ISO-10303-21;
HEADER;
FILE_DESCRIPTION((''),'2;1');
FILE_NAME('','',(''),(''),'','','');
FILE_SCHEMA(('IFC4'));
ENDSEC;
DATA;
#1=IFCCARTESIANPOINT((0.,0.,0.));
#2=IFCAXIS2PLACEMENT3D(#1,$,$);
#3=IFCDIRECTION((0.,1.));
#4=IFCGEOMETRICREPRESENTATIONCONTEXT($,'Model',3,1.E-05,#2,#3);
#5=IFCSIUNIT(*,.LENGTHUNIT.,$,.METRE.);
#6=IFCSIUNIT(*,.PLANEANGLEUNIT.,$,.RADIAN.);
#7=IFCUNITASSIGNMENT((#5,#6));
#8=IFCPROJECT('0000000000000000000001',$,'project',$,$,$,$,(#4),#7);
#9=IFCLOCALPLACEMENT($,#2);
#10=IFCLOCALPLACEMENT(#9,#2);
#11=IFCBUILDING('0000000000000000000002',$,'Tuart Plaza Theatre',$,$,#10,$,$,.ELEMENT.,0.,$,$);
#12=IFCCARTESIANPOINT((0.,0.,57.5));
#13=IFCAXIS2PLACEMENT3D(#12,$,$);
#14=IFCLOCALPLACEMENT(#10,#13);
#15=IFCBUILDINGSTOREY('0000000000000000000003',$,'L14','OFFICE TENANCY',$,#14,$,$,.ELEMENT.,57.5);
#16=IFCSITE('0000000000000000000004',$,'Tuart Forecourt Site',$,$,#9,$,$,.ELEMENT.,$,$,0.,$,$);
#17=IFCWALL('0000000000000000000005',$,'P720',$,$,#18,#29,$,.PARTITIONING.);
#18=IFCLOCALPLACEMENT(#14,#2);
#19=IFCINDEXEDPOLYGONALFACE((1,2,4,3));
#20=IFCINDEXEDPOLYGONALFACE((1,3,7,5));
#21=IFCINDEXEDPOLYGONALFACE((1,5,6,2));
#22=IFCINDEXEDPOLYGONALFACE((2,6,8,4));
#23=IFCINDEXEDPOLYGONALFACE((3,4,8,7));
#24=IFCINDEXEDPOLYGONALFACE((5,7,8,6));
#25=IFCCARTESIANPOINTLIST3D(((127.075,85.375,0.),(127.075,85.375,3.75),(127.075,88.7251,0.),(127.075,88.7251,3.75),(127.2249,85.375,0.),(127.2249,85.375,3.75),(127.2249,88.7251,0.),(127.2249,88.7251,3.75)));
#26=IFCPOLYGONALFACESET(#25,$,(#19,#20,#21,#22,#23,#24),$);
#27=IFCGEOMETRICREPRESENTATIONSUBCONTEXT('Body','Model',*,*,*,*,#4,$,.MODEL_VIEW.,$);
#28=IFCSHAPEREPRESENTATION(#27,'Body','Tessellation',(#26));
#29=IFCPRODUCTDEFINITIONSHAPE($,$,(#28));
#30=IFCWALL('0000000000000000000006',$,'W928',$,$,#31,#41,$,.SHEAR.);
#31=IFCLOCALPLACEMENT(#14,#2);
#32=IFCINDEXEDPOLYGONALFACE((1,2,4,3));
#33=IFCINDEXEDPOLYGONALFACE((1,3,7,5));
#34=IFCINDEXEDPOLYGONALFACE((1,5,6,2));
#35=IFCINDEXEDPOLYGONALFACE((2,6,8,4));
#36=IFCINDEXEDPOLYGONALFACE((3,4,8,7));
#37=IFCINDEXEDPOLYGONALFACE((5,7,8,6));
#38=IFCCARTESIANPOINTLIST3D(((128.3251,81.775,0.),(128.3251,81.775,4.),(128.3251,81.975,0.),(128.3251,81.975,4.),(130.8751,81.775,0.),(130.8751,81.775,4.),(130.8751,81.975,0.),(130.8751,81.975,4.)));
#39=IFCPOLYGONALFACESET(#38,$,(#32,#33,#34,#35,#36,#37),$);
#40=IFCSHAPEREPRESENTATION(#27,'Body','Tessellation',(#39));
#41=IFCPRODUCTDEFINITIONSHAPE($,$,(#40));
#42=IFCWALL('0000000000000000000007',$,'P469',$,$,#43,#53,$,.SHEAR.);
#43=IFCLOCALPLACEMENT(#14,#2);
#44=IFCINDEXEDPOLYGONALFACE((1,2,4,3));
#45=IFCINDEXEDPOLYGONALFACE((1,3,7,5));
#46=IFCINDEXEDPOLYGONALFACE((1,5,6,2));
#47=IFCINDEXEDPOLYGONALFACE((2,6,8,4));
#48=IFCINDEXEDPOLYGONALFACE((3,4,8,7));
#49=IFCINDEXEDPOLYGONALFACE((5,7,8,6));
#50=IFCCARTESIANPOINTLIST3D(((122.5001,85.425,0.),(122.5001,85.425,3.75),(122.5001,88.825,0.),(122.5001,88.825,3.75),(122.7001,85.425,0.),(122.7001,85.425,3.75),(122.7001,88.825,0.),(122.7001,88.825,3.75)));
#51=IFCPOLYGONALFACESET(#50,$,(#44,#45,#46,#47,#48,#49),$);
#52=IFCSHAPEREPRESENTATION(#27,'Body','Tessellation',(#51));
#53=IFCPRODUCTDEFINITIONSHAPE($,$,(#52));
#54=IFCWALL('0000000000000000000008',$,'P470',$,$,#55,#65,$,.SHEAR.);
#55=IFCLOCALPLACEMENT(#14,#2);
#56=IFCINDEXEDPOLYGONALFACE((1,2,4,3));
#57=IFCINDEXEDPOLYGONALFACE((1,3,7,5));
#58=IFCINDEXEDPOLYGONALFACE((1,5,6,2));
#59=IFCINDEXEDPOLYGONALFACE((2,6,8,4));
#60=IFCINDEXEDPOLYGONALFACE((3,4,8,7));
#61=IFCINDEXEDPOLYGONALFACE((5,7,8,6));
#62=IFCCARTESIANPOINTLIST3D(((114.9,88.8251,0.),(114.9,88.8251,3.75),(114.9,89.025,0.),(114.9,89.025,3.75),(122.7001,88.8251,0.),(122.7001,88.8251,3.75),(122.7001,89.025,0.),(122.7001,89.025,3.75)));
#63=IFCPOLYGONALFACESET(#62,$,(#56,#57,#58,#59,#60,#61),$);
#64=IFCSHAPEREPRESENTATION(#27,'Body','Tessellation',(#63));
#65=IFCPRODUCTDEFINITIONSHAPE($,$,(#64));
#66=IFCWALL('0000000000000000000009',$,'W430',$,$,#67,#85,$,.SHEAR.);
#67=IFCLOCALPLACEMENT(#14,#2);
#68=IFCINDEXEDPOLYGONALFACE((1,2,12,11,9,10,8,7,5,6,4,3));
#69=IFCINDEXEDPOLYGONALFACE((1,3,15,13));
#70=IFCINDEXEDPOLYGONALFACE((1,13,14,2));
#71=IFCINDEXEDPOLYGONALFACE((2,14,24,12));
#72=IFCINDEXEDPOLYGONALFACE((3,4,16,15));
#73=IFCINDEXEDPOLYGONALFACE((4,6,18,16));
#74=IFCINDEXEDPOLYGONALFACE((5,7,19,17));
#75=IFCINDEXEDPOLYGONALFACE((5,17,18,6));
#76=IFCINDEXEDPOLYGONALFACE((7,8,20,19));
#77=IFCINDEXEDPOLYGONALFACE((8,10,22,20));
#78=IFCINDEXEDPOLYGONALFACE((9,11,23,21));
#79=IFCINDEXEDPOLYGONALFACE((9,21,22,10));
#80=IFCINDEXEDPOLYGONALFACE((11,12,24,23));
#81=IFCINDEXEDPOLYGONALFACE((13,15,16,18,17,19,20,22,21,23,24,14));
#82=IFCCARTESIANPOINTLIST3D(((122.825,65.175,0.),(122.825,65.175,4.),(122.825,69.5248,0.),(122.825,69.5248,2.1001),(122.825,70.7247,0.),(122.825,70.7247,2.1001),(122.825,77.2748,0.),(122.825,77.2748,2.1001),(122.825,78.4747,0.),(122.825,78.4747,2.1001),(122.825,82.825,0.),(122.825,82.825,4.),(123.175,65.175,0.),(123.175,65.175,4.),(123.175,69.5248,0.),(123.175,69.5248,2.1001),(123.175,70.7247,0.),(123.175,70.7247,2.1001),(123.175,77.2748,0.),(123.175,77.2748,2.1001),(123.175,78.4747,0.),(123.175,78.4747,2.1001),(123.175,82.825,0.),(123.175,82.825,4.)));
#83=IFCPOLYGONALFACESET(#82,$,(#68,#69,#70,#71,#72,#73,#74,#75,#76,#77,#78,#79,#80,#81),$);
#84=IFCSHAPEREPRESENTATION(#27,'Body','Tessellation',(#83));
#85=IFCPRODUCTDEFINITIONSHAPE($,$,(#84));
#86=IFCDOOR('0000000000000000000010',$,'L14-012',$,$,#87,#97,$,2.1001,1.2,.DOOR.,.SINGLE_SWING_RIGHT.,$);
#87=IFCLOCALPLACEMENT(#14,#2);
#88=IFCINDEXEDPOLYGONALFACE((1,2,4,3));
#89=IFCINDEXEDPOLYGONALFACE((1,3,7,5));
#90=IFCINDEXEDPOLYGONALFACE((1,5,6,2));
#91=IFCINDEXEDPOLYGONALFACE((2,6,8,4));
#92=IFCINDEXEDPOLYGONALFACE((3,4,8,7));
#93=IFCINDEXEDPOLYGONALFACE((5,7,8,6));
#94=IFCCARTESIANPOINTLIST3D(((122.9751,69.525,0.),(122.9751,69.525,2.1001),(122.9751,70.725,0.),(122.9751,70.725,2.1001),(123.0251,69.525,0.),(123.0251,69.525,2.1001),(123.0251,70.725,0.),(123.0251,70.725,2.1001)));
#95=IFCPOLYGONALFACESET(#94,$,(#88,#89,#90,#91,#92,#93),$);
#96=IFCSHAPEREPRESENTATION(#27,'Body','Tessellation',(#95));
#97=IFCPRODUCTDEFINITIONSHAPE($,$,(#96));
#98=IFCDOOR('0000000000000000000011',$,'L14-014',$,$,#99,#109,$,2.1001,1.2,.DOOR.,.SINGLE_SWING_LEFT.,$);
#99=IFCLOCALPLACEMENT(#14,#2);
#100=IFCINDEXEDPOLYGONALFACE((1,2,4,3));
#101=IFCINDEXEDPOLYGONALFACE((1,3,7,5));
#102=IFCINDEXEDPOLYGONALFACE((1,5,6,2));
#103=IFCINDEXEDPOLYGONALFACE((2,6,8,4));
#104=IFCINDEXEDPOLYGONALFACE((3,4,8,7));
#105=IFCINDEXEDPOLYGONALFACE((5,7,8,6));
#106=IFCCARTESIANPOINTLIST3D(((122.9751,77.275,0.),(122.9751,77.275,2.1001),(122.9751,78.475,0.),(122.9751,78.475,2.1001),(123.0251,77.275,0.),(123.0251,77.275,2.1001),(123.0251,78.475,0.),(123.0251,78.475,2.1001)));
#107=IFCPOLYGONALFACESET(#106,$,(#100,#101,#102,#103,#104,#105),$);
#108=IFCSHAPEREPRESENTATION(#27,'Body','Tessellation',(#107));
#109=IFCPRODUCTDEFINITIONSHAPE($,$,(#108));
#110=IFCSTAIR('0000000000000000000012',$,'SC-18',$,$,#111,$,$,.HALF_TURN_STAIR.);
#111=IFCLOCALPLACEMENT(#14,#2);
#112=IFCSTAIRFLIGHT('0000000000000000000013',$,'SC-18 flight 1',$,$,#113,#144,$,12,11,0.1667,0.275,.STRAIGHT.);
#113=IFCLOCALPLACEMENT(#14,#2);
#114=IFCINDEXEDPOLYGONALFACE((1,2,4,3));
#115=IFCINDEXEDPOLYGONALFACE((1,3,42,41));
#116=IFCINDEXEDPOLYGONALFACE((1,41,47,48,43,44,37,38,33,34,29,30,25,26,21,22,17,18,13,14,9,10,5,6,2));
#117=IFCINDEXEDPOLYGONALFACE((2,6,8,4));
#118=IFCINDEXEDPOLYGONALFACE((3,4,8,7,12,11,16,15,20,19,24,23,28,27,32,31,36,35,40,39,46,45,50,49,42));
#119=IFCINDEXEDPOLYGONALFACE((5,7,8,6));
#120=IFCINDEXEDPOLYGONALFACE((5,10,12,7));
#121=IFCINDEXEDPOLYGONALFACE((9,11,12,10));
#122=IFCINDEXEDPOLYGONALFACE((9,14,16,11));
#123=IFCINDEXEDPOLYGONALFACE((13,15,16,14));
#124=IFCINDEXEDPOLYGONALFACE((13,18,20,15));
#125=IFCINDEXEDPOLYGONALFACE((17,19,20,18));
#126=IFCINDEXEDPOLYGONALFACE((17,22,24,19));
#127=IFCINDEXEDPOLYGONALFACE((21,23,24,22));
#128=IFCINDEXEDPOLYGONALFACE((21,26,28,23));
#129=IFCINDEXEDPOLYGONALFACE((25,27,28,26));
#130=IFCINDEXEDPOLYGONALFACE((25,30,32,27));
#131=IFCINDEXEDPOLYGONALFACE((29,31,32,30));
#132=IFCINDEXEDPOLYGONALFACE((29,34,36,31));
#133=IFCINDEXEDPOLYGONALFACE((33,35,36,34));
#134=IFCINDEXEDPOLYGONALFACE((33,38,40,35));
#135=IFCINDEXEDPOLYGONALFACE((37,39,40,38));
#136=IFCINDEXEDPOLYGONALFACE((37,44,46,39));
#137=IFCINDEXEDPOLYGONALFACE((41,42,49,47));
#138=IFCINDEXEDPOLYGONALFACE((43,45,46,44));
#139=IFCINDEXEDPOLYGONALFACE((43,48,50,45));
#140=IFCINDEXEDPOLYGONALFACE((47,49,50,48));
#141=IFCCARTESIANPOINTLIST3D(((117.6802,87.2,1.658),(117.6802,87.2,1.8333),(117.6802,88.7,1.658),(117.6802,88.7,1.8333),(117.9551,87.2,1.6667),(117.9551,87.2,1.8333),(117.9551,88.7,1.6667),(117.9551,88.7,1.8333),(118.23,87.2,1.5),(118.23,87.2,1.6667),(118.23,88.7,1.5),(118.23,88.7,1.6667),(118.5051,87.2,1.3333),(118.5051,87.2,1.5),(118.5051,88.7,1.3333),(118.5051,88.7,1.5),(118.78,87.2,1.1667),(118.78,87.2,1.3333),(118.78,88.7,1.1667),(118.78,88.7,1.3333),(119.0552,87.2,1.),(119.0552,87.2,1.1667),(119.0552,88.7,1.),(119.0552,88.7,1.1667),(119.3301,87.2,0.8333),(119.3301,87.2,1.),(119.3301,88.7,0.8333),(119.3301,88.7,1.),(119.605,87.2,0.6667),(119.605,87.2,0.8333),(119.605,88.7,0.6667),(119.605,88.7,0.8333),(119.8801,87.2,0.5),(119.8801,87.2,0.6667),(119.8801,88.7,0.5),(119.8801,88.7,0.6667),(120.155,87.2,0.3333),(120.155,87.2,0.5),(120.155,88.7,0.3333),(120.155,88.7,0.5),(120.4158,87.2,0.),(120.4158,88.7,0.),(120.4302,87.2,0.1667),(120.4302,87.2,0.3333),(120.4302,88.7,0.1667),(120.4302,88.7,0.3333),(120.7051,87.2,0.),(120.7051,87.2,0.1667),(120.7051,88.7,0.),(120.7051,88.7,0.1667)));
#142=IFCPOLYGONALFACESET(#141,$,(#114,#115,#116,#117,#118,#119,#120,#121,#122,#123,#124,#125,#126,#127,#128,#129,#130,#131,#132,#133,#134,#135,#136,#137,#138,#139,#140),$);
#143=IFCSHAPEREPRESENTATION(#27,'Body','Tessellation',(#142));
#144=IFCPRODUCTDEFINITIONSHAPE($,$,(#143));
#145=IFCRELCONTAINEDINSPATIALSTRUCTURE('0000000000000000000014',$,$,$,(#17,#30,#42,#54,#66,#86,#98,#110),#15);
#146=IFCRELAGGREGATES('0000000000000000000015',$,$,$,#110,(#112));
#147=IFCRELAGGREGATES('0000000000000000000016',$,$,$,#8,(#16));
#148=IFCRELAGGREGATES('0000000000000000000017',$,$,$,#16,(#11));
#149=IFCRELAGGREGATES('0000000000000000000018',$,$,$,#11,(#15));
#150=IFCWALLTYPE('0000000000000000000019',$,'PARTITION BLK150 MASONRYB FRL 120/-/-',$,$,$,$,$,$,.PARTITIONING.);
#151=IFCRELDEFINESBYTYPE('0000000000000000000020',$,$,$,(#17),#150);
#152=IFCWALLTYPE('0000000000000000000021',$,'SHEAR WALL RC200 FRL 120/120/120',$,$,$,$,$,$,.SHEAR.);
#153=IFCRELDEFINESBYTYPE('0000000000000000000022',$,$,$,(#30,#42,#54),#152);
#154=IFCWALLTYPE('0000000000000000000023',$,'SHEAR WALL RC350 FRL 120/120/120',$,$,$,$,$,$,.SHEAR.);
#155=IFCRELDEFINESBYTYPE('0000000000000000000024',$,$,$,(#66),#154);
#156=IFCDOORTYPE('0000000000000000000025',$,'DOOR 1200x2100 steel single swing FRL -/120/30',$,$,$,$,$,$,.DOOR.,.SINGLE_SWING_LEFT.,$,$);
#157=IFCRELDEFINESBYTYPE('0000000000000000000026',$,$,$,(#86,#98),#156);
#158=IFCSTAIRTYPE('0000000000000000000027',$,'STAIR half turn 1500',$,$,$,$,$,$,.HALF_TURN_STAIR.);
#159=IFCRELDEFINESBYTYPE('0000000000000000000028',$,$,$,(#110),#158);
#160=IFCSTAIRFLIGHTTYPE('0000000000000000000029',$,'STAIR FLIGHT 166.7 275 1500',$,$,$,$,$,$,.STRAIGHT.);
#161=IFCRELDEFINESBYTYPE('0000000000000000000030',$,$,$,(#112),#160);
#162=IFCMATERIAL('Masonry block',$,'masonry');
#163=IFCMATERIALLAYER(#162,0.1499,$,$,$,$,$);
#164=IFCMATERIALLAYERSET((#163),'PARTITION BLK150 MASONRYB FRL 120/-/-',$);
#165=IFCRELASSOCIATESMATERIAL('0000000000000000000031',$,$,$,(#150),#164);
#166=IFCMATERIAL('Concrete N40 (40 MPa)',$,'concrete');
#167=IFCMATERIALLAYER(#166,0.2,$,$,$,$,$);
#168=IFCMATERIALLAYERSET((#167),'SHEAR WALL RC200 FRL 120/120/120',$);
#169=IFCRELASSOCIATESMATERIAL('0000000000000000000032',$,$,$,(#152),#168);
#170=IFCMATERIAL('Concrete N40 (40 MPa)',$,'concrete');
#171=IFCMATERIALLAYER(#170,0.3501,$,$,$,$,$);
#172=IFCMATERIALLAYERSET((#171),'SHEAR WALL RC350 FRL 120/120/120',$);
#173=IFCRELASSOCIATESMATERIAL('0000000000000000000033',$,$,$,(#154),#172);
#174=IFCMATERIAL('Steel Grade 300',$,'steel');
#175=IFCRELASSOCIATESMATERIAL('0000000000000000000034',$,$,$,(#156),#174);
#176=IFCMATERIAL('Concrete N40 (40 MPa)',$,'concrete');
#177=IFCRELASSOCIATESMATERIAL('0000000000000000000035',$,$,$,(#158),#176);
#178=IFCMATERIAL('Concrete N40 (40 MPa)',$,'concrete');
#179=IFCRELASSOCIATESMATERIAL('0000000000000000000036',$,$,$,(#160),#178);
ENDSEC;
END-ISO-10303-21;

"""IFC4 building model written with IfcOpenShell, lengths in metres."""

from ifc_helpers import new_model, si_unit, direction, frame, frame_2d, origin, place, context, subcontext, project, spatial, polyline, rectangle, outline, extrude, material, layer, layer_set, type_object, element, fill, aggregate, save


model = new_model("IFC4")

# Units and contexts
model_context = context("Model", 3, precision=1e-05, world=origin(), true_north=direction((0.0, 1.0)))
body_context = subcontext(model_context, "Body", "Model", "MODEL_VIEW")
ifc_project = project(units=[si_unit("LENGTHUNIT", "METRE"), si_unit("PLANEANGLEUNIT", "RADIAN")], contexts=[model_context])

# Site, building, storey
site_placement = place(None, origin())
site = spatial("IfcSite", under=ifc_project, at=site_placement, Name="Tuart Forecourt Site", CompositionType="ELEMENT", RefElevation=0.0)
building_placement = place(site_placement, origin())
building = spatial("IfcBuilding", under=site, at=building_placement, Name="Tuart Plaza Theatre", CompositionType="ELEMENT", ElevationOfRefHeight=0.0)
storey_placement = place(building_placement, frame((0.0, 0.0, 57.5)))
storey = spatial("IfcBuildingStorey", under=building, at=storey_placement, Name="L14", Description="OFFICE TENANCY", CompositionType="ELEMENT", Elevation=57.5)

# Shared definitions
ifc_material_1 = material(Name="Masonry block", Category="masonry")
ifc_layer_1 = layer(ifc_material_1, 0.1499)
ifc_layer_set_1 = layer_set([ifc_layer_1], Name="PARTITION BLK150 MASONRYB FRL 120/-/-")
wall_type_1 = type_object("IfcWallType", Name="PARTITION BLK150 MASONRYB FRL 120/-/-", PredefinedType="PARTITIONING", material=ifc_layer_set_1)

# Walls
wall_1_placement = place(storey_placement, frame((127.1499, 85.375, 0.0), z_axis=(0.0, 0.0, 1.0), x_axis=(0.0, 1.0, 0.0)))
element("IfcWall", 1, at=wall_1_placement, inside=storey, type_object=wall_type_1, Name="P720", PredefinedType="PARTITIONING", context=body_context, shape_type="SweptSolid", body=[
    extrude(rectangle(XDim=3.3501, YDim=0.1499, at=frame_2d((1.675, 0.0))), origin(), (0.0, 0.0, 1.0), 3.75),
])
ifc_material_2 = material(Name="Concrete N40 (40 MPa)", Category="concrete")
ifc_layer_2 = layer(ifc_material_2, 0.2)
ifc_layer_set_2 = layer_set([ifc_layer_2], Name="SHEAR WALL RC200 FRL 120/120/120")
wall_type_2 = type_object("IfcWallType", Name="SHEAR WALL RC200 FRL 120/120/120", PredefinedType="SHEAR", material=ifc_layer_set_2)
wall_2_placement = place(storey_placement, frame((130.875, 81.875, 0.0), z_axis=(0.0, 0.0, 1.0), x_axis=(-1.0, 0.0, 0.0)))
element("IfcWall", 2, at=wall_2_placement, inside=storey, type_object=wall_type_2, Name="W928", PredefinedType="SHEAR", context=body_context, shape_type="SweptSolid", body=[
    extrude(rectangle(XDim=2.55, YDim=0.2, at=frame_2d((1.2749, 0.0))), origin(), (0.0, 0.0, 1.0), 4.0),
])
wall_3_placement = place(storey_placement, frame((122.6001, 85.425, 0.0), z_axis=(0.0, 0.0, 1.0), x_axis=(0.0, 1.0, 0.0)))
element("IfcWall", 3, at=wall_3_placement, inside=storey, type_object=wall_type_2, Name="P469", PredefinedType="SHEAR", context=body_context, shape_type="SweptSolid", body=[
    extrude(rectangle(XDim=3.3999, YDim=0.2, at=frame_2d((1.7, 0.0))), origin(), (0.0, 0.0, 1.0), 3.75),
])
wall_4_placement = place(storey_placement, frame((122.7, 88.925, 0.0), z_axis=(0.0, 0.0, 1.0), x_axis=(-1.0, 0.0, 0.0)))
element("IfcWall", 4, at=wall_4_placement, inside=storey, type_object=wall_type_2, Name="P470", PredefinedType="SHEAR", context=body_context, shape_type="SweptSolid", body=[
    extrude(rectangle(XDim=7.8, YDim=0.2, at=frame_2d((3.8999, 0.0))), origin(), (0.0, 0.0, 1.0), 3.75),
])

# Wall, openings, doors
ifc_material_3 = material(Name="Concrete N40 (40 MPa)", Category="concrete")
ifc_layer_3 = layer(ifc_material_3, 0.3501)
ifc_layer_set_3 = layer_set([ifc_layer_3], Name="SHEAR WALL RC350 FRL 120/120/120")
wall_type_3 = type_object("IfcWallType", Name="SHEAR WALL RC350 FRL 120/120/120", PredefinedType="SHEAR", material=ifc_layer_set_3)
wall_5_placement = place(storey_placement, frame((123.0, 82.825, 0.0), z_axis=(0.0, 0.0, 1.0), x_axis=(0.0, -1.0, 0.0)))
wall_5 = element("IfcWall", 5, at=wall_5_placement, inside=storey, type_object=wall_type_3, Name="W430", PredefinedType="SHEAR", context=body_context, shape_type="SweptSolid", body=[
    extrude(rectangle(XDim=17.6499, YDim=0.3501, at=frame_2d((8.825, 0.0))), origin(), (0.0, 0.0, 1.0), 4.0),
])
opening_1_placement = place(wall_5_placement, frame((12.1001, 0.0, 0.0)))
opening_1 = element("IfcOpeningElement", 6, at=opening_1_placement, cuts=wall_5, PredefinedType="OPENING", context=body_context, shape_type="SweptSolid", body=[
    extrude(rectangle(XDim=1.2, YDim=2.1001, at=frame_2d((0.6001, 1.05))), frame((0.0, 0.1851, 0.0), z_axis=(0.0, -1.0, 0.0), x_axis=(1.0, 0.0, 0.0)), (0.0, 0.0, 1.0), 0.3701),
])
opening_2_placement = place(wall_5_placement, frame((4.3501, 0.0, 0.0)))
opening_2 = element("IfcOpeningElement", 7, at=opening_2_placement, cuts=wall_5, PredefinedType="OPENING", context=body_context, shape_type="SweptSolid", body=[
    extrude(rectangle(XDim=1.2, YDim=2.1001, at=frame_2d((0.6001, 1.05))), frame((0.0, 0.1851, 0.0), z_axis=(0.0, -1.0, 0.0), x_axis=(1.0, 0.0, 0.0)), (0.0, 0.0, 1.0), 0.3701),
])
ifc_material_4 = material(Name="Steel Grade 300", Category="steel")
door_type_1 = type_object("IfcDoorType", Name="DOOR 1200x2100 steel single swing FRL -/120/30", OperationType="SINGLE_SWING_LEFT", PredefinedType="DOOR", material=ifc_material_4)
door_1_placement = place(opening_1_placement, frame((1.2, 0.0, 0.0), z_axis=(0.0, 0.0, 1.0), x_axis=(-1.0, 0.0, 0.0)))
door_1 = element("IfcDoor", 8, at=door_1_placement, inside=storey, type_object=door_type_1, Name="L14-012", OperationType="SINGLE_SWING_RIGHT", OverallHeight=2.1001, OverallWidth=1.2, PredefinedType="DOOR", context=body_context, shape_type="SweptSolid", body=[
    extrude(rectangle(XDim=1.2, YDim=2.1001, at=frame_2d((0.6001, 1.05))), frame((0.0, 0.0249, 0.0), z_axis=(0.0, -1.0, 0.0), x_axis=(1.0, 0.0, 0.0)), (0.0, 0.0, 1.0), 0.05),
])
fill(opening_1, door_1)
door_2_placement = place(opening_2_placement, frame((1.2, 0.0, 0.0), z_axis=(0.0, 0.0, 1.0), x_axis=(-1.0, 0.0, 0.0)))
door_2 = element("IfcDoor", 9, at=door_2_placement, inside=storey, type_object=door_type_1, Name="L14-014", OperationType="SINGLE_SWING_LEFT", OverallHeight=2.1001, OverallWidth=1.2, PredefinedType="DOOR", context=body_context, shape_type="SweptSolid", body=[
    extrude(rectangle(XDim=1.2, YDim=2.1001, at=frame_2d((0.6001, 1.05))), frame((0.0, 0.0249, 0.0), z_axis=(0.0, -1.0, 0.0), x_axis=(1.0, 0.0, 0.0)), (0.0, 0.0, 1.0), 0.05),
])
fill(opening_2, door_2)

# Stair, stair flight
ifc_material_5 = material(Name="Concrete N40 (40 MPa)", Category="concrete")
stair_type = type_object("IfcStairType", Name="STAIR half turn 1500", PredefinedType="HALF_TURN_STAIR", material=ifc_material_5)
stair_placement = place(storey_placement, origin())
stair = element("IfcStair", 10, at=stair_placement, inside=storey, type_object=stair_type, Name="SC-18", PredefinedType="HALF_TURN_STAIR")
ifc_material_6 = material(Name="Concrete N40 (40 MPa)", Category="concrete")
stair_flight_type = type_object("IfcStairFlightType", Name="STAIR FLIGHT 166.7 275 1500", PredefinedType="STRAIGHT", material=ifc_material_6)
stair_flight_placement = place(storey_placement, frame((120.7051, 87.95, 0.0), z_axis=(0.0, 0.0, 1.0), x_axis=(-1.0, 0.0, 0.0)))
stair_flight = element("IfcStairFlight", 11, at=stair_flight_placement, type_object=stair_flight_type, Name="SC-18 flight 1", NumberOfRisers=12, NumberOfTreads=11, PredefinedType="STRAIGHT", RiserHeight=0.1667, TreadLength=0.275, context=body_context, shape_type="SweptSolid", body=[
    extrude(outline(polyline([(0.0, 0.0), (0.0, 0.1667), (0.2749, 0.1667), (0.2749, 0.3333), (0.55, 0.3333), (0.55, 0.5), (0.825, 0.5), (0.825, 0.6667), (1.1001, 0.6667), (1.1001, 0.8333), (1.375, 0.8333), (1.375, 1.0), (1.6499, 1.0), (1.6499, 1.1667), (1.925, 1.1667), (1.925, 1.3333), (2.2, 1.3333), (2.2, 1.5), (2.4751, 1.5), (2.4751, 1.6667), (2.75, 1.6667), (2.75, 1.8333), (3.0249, 1.8333), (3.0249, 2.0), (3.0249, 1.658), (0.2893, 0.0), (0.0, 0.0)])), frame((0.0, 0.75, 0.0), z_axis=(0.0, -1.0, 0.0), x_axis=(1.0, 0.0, 0.0)), (0.0, 0.0, 1.0), 1.5),
])
aggregate(stair, [stair_flight])

save(model, "model.ifc")
